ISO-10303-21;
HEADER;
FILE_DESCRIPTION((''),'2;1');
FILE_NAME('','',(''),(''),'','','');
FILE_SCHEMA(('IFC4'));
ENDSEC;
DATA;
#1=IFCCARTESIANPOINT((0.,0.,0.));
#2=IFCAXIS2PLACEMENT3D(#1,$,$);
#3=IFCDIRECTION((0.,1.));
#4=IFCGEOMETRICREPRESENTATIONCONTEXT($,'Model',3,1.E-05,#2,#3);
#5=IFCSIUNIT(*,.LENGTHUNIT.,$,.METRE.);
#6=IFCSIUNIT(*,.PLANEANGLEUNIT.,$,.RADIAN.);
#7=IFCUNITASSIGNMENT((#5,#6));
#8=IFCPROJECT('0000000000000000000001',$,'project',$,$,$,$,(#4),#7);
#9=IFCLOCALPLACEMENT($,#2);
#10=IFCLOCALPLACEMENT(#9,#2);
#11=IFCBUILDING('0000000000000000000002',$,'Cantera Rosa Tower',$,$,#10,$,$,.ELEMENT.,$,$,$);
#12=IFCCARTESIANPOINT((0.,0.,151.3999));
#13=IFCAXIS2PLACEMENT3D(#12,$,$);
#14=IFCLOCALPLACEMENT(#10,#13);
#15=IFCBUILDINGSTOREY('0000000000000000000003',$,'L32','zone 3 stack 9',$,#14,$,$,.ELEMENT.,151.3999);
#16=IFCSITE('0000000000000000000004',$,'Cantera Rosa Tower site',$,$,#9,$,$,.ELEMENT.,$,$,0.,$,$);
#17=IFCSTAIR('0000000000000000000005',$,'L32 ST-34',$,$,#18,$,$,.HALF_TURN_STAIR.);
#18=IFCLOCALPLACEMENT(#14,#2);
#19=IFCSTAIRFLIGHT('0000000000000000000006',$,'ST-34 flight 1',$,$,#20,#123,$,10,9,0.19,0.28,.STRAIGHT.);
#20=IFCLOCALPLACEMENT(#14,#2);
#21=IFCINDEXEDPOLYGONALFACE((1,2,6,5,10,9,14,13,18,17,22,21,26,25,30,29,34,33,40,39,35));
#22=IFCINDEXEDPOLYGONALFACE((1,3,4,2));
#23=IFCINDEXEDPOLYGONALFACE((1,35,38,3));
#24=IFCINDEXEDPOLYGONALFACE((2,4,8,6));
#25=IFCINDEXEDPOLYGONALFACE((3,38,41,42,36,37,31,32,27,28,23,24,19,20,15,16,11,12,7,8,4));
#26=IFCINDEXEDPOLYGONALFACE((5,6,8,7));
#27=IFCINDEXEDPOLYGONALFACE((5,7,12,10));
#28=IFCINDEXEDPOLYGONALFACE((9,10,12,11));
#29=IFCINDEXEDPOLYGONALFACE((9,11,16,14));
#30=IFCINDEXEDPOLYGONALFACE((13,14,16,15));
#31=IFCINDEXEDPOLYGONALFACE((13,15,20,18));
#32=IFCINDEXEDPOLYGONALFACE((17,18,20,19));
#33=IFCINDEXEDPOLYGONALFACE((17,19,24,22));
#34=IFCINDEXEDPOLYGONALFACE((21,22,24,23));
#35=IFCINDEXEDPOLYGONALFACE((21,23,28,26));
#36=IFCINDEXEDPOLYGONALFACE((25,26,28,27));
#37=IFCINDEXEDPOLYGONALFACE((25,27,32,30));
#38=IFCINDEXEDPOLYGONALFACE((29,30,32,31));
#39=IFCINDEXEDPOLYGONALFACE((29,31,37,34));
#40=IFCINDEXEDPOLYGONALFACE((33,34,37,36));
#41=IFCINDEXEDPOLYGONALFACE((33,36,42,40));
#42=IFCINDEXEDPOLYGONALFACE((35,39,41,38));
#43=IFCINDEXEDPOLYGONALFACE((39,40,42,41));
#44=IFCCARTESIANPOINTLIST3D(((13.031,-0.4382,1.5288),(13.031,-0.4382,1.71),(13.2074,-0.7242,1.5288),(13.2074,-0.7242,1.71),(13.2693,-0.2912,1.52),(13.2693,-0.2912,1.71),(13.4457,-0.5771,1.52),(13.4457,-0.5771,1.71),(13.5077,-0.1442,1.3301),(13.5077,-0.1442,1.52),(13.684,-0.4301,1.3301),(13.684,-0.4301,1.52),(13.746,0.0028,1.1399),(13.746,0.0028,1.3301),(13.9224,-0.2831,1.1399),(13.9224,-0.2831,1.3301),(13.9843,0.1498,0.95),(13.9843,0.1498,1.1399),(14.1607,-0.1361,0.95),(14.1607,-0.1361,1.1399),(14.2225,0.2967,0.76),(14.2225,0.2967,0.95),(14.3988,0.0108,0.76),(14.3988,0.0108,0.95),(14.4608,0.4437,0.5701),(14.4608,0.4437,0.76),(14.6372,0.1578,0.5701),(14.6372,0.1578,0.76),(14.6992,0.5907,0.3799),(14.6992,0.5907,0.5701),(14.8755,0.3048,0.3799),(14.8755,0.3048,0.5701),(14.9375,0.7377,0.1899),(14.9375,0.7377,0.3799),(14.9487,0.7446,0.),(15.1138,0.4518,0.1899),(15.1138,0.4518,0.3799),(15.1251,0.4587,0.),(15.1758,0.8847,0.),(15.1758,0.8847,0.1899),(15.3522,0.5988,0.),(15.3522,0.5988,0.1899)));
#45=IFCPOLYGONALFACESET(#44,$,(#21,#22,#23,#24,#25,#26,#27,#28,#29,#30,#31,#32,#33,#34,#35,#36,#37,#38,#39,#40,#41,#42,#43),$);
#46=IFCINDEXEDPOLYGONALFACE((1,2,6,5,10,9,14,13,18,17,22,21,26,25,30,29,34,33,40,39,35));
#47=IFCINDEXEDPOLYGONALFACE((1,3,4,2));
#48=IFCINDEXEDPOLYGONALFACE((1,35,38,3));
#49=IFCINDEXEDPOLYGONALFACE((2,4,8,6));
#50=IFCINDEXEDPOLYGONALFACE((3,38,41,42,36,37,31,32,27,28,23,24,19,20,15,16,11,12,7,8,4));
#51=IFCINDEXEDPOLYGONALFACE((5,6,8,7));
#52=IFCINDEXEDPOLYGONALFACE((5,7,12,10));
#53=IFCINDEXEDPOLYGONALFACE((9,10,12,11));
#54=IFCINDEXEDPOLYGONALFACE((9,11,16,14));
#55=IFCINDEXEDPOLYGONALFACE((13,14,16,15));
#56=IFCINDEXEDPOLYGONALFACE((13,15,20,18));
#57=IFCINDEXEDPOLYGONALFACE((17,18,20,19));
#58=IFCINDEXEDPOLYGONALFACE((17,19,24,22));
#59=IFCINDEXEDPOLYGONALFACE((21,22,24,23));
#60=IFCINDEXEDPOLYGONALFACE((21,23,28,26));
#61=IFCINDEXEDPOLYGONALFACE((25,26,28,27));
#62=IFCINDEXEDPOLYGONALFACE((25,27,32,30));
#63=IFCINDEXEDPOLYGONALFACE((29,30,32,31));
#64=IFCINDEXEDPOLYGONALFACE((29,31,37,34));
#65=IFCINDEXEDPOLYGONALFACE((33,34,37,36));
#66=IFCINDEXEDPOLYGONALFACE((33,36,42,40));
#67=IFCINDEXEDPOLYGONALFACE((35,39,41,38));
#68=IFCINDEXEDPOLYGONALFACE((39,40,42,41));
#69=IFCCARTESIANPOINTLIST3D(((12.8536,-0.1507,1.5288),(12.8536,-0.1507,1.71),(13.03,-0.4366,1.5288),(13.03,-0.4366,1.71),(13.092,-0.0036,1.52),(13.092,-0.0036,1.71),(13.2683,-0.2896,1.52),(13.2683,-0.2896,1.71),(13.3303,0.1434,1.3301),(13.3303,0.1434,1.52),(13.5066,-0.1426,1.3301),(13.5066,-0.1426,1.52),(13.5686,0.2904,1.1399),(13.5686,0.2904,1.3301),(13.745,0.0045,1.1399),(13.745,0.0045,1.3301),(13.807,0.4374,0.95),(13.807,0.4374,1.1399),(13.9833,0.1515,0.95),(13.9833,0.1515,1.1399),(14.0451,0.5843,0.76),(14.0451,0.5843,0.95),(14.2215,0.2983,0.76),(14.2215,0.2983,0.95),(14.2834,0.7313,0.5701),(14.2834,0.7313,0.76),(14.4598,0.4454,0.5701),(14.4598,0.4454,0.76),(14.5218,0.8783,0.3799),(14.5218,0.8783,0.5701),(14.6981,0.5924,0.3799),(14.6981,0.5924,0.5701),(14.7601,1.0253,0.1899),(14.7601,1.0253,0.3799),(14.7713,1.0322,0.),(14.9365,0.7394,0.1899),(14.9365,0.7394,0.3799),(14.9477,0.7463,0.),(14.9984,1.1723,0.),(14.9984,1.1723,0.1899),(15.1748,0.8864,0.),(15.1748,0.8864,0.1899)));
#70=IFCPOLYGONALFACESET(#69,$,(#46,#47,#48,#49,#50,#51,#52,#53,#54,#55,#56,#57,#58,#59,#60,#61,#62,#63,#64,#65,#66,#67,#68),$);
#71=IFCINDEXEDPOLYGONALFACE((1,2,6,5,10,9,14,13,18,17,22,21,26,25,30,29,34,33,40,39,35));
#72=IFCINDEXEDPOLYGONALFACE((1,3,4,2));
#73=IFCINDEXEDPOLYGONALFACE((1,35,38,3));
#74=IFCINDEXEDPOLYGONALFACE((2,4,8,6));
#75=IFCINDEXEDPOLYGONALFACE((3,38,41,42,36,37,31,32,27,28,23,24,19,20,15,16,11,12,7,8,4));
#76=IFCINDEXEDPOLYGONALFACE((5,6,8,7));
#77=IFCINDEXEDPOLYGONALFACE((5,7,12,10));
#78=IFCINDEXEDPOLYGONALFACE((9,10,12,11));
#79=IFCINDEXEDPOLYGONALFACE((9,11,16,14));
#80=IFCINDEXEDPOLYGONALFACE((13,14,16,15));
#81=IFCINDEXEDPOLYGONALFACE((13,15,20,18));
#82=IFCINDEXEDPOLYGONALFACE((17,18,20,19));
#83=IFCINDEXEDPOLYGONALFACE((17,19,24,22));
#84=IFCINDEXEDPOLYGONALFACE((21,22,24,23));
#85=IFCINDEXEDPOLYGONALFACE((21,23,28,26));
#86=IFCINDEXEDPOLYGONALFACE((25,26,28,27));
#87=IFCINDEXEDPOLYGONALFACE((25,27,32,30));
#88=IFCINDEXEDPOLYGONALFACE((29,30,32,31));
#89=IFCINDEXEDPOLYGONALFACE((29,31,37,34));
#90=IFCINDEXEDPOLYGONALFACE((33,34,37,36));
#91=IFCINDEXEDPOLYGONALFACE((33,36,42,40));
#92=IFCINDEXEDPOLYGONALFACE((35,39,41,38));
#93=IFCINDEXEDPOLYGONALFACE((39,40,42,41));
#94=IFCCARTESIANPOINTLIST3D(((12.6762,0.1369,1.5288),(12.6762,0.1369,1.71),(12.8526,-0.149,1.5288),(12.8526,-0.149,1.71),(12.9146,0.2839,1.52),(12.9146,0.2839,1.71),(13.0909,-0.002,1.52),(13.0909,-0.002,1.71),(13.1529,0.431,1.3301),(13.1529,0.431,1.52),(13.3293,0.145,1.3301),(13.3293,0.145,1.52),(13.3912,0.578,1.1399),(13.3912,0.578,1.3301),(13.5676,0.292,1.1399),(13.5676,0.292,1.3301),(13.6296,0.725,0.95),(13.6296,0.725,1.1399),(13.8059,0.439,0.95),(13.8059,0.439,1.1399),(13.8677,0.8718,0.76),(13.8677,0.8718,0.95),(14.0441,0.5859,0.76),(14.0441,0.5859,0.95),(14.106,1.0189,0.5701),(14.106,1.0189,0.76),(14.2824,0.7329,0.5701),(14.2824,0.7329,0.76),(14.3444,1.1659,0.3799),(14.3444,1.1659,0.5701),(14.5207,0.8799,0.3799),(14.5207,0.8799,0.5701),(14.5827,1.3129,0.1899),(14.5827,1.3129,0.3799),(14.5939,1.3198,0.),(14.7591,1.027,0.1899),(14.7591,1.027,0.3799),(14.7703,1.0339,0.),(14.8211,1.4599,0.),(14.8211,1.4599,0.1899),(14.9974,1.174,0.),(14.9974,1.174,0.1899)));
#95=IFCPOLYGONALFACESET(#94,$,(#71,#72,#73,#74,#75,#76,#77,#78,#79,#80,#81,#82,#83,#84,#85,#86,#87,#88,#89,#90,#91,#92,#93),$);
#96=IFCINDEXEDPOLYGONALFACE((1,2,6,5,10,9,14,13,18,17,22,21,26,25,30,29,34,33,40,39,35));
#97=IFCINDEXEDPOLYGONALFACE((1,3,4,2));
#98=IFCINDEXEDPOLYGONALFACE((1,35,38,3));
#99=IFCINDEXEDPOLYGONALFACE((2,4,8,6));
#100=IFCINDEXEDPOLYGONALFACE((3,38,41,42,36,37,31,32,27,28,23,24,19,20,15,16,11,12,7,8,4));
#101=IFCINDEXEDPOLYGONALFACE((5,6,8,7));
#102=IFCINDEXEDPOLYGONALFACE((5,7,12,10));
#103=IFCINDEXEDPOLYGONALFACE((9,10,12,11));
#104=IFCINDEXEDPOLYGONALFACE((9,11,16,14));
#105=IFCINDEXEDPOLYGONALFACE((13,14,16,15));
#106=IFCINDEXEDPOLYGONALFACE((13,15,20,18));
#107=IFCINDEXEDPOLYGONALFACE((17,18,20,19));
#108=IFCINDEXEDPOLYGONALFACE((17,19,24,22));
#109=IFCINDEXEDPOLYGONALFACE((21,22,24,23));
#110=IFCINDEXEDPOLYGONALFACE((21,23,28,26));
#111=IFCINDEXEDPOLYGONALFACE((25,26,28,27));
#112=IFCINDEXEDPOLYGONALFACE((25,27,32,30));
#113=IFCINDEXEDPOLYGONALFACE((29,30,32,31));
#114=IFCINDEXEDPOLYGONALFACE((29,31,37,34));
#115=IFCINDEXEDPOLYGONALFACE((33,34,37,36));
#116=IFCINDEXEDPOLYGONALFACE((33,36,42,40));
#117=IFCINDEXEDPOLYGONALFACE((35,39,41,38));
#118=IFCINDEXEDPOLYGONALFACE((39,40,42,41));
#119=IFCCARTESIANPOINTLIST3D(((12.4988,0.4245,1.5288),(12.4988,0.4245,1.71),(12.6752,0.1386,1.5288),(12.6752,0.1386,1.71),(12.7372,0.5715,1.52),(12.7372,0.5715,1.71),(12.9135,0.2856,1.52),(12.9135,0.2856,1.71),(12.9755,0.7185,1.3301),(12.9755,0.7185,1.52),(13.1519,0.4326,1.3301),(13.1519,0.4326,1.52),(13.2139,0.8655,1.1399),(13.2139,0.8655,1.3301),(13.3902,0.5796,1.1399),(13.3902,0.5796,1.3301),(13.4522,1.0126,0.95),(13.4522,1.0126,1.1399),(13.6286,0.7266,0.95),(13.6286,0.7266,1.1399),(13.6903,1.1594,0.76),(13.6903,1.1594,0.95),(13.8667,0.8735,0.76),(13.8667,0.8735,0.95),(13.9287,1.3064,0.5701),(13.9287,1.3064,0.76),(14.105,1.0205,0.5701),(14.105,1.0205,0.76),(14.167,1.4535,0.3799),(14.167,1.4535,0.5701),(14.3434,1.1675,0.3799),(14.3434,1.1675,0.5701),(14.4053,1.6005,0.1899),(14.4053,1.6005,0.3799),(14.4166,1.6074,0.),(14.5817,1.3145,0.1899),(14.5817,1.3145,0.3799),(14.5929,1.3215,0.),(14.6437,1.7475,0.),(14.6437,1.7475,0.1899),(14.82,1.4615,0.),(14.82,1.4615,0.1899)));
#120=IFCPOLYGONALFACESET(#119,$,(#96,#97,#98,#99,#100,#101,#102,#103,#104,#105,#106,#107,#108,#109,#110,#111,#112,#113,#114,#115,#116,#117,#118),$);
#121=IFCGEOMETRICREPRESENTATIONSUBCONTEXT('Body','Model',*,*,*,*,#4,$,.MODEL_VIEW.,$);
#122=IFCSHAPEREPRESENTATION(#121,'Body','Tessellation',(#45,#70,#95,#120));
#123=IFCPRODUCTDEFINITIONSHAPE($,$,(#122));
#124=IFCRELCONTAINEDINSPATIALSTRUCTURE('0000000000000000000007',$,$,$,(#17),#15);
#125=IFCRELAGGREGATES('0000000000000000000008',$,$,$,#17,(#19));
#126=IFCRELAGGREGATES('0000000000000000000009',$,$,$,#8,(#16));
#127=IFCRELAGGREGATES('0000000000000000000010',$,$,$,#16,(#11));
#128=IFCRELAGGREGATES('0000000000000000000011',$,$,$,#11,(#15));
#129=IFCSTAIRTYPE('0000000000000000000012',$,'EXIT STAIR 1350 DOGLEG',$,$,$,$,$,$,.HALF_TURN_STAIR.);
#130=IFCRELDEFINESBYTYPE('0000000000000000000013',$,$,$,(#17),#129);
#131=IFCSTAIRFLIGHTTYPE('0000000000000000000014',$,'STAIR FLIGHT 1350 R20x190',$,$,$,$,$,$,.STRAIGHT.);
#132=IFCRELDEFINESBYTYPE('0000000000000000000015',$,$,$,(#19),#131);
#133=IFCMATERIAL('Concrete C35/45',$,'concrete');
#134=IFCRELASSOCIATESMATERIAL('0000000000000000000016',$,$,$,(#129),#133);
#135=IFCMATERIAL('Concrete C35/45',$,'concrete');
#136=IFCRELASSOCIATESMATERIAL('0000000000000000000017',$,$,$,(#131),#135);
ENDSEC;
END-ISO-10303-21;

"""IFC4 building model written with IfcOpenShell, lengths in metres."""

from ifc_helpers import new_model, si_unit, direction, frame, origin, place, context, subcontext, project, spatial, polyline, outline, extrude, material, type_object, element, aggregate, save


model = new_model("IFC4")

# Units and contexts
model_context = context("Model", 3, precision=1e-05, world=origin(), true_north=direction((0.0, 1.0)))
body_context = subcontext(model_context, "Body", "Model", "MODEL_VIEW")
ifc_project = project(units=[si_unit("LENGTHUNIT", "METRE"), si_unit("PLANEANGLEUNIT", "RADIAN")], contexts=[model_context])

# Site, building, storey
site_placement = place(None, origin())
site = spatial("IfcSite", under=ifc_project, at=site_placement, Name="Cantera Rosa Tower site", CompositionType="ELEMENT", RefElevation=0.0)
building_placement = place(site_placement, origin())
building = spatial("IfcBuilding", under=site, at=building_placement, Name="Cantera Rosa Tower", CompositionType="ELEMENT")
storey_placement = place(building_placement, frame((0.0, 0.0, 151.3999)))
storey = spatial("IfcBuildingStorey", under=building, at=storey_placement, Name="L32", Description="zone 3 stack 9", CompositionType="ELEMENT", Elevation=151.3999)

# Stair, stair flight
ifc_material_1 = material(Name="Concrete C35/45", Category="concrete")
stair_type = type_object("IfcStairType", Name="EXIT STAIR 1350 DOGLEG", PredefinedType="HALF_TURN_STAIR", material=ifc_material_1)
ifc_material_2 = material(Name="Concrete C35/45", Category="concrete")
stair_flight_type = type_object("IfcStairFlightType", Name="STAIR FLIGHT 1350 R20x190", PredefinedType="STRAIGHT", material=ifc_material_2)
stair_1_placement = place(storey_placement, origin())
stair_1 = element("IfcStair", 1, at=stair_1_placement, inside=storey, type_object=stair_type, Name="L32 ST-34", PredefinedType="HALF_TURN_STAIR")
stair_flight_1_placement = place(storey_placement, frame((14.9978, 1.1733, 0.0), z_axis=(0.0, 0.0, 1.0), x_axis=(-0.851117, -0.524977, 0.0)))
stair_flight_1 = element("IfcStairFlight", 2, at=stair_flight_1_placement, type_object=stair_flight_type, Name="ST-34 flight 1", NumberOfRisers=10, NumberOfTreads=9, PredefinedType="STRAIGHT", RiserHeight=0.19, TreadLength=0.28, context=body_context, shape_type="SweptSolid", body=[
    extrude(outline(polyline([(0.0, 0.0), (0.0, 0.1899), (0.28, 0.1899), (0.28, 0.3799), (0.5601, 0.3799), (0.5601, 0.5701), (0.8401, 0.5701), (0.8401, 0.76), (1.1201, 0.76), (1.1201, 0.95), (1.3999, 0.95), (1.3999, 1.1399), (1.6799, 1.1399), (1.6799, 1.3301), (1.96, 1.3301), (1.96, 1.52), (2.24, 1.52), (2.24, 1.71), (2.52, 1.71), (2.52, 1.8999), (2.52, 1.5288), (0.2668, 0.0), (0.0, 0.0)])), frame((0.0, 0.675, 0.0), z_axis=(0.0, -1.0, 0.0), x_axis=(1.0, 0.0, 0.0)), (0.0, 0.0, 1.0), 0.3359),
    extrude(outline(polyline([(0.0, 0.0), (0.0, 0.1899), (0.28, 0.1899), (0.28, 0.3799), (0.5601, 0.3799), (0.5601, 0.5701), (0.8401, 0.5701), (0.8401, 0.76), (1.1201, 0.76), (1.1201, 0.95), (1.3999, 0.95), (1.3999, 1.1399), (1.6799, 1.1399), (1.6799, 1.3301), (1.96, 1.3301), (1.96, 1.52), (2.24, 1.52), (2.24, 1.71), (2.52, 1.71), (2.52, 1.8999), (2.52, 1.5288), (0.2668, 0.0), (0.0, 0.0)])), frame((0.0, 0.3372, 0.0), z_axis=(0.0, -1.0, 0.0), x_axis=(1.0, 0.0, 0.0)), (0.0, 0.0, 1.0), 0.3359),
    extrude(outline(polyline([(0.0, 0.0), (0.0, 0.1899), (0.28, 0.1899), (0.28, 0.3799), (0.5601, 0.3799), (0.5601, 0.5701), (0.8401, 0.5701), (0.8401, 0.76), (1.1201, 0.76), (1.1201, 0.95), (1.3999, 0.95), (1.3999, 1.1399), (1.6799, 1.1399), (1.6799, 1.3301), (1.96, 1.3301), (1.96, 1.52), (2.24, 1.52), (2.24, 1.71), (2.52, 1.71), (2.52, 1.8999), (2.52, 1.5288), (0.2668, 0.0), (0.0, 0.0)])), frame((0.0, -0.0007, 0.0), z_axis=(0.0, -1.0, 0.0), x_axis=(1.0, 0.0, 0.0)), (0.0, 0.0, 1.0), 0.3359),
    extrude(outline(polyline([(0.0, 0.0), (0.0, 0.1899), (0.28, 0.1899), (0.28, 0.3799), (0.5601, 0.3799), (0.5601, 0.5701), (0.8401, 0.5701), (0.8401, 0.76), (1.1201, 0.76), (1.1201, 0.95), (1.3999, 0.95), (1.3999, 1.1399), (1.6799, 1.1399), (1.6799, 1.3301), (1.96, 1.3301), (1.96, 1.52), (2.24, 1.52), (2.24, 1.71), (2.52, 1.71), (2.52, 1.8999), (2.52, 1.5288), (0.2668, 0.0), (0.0, 0.0)])), frame((0.0, -0.3386, 0.0), z_axis=(0.0, -1.0, 0.0), x_axis=(1.0, 0.0, 0.0)), (0.0, 0.0, 1.0), 0.3359),
])
aggregate(stair_1, [stair_flight_1])

save(model, "model.ifc")
